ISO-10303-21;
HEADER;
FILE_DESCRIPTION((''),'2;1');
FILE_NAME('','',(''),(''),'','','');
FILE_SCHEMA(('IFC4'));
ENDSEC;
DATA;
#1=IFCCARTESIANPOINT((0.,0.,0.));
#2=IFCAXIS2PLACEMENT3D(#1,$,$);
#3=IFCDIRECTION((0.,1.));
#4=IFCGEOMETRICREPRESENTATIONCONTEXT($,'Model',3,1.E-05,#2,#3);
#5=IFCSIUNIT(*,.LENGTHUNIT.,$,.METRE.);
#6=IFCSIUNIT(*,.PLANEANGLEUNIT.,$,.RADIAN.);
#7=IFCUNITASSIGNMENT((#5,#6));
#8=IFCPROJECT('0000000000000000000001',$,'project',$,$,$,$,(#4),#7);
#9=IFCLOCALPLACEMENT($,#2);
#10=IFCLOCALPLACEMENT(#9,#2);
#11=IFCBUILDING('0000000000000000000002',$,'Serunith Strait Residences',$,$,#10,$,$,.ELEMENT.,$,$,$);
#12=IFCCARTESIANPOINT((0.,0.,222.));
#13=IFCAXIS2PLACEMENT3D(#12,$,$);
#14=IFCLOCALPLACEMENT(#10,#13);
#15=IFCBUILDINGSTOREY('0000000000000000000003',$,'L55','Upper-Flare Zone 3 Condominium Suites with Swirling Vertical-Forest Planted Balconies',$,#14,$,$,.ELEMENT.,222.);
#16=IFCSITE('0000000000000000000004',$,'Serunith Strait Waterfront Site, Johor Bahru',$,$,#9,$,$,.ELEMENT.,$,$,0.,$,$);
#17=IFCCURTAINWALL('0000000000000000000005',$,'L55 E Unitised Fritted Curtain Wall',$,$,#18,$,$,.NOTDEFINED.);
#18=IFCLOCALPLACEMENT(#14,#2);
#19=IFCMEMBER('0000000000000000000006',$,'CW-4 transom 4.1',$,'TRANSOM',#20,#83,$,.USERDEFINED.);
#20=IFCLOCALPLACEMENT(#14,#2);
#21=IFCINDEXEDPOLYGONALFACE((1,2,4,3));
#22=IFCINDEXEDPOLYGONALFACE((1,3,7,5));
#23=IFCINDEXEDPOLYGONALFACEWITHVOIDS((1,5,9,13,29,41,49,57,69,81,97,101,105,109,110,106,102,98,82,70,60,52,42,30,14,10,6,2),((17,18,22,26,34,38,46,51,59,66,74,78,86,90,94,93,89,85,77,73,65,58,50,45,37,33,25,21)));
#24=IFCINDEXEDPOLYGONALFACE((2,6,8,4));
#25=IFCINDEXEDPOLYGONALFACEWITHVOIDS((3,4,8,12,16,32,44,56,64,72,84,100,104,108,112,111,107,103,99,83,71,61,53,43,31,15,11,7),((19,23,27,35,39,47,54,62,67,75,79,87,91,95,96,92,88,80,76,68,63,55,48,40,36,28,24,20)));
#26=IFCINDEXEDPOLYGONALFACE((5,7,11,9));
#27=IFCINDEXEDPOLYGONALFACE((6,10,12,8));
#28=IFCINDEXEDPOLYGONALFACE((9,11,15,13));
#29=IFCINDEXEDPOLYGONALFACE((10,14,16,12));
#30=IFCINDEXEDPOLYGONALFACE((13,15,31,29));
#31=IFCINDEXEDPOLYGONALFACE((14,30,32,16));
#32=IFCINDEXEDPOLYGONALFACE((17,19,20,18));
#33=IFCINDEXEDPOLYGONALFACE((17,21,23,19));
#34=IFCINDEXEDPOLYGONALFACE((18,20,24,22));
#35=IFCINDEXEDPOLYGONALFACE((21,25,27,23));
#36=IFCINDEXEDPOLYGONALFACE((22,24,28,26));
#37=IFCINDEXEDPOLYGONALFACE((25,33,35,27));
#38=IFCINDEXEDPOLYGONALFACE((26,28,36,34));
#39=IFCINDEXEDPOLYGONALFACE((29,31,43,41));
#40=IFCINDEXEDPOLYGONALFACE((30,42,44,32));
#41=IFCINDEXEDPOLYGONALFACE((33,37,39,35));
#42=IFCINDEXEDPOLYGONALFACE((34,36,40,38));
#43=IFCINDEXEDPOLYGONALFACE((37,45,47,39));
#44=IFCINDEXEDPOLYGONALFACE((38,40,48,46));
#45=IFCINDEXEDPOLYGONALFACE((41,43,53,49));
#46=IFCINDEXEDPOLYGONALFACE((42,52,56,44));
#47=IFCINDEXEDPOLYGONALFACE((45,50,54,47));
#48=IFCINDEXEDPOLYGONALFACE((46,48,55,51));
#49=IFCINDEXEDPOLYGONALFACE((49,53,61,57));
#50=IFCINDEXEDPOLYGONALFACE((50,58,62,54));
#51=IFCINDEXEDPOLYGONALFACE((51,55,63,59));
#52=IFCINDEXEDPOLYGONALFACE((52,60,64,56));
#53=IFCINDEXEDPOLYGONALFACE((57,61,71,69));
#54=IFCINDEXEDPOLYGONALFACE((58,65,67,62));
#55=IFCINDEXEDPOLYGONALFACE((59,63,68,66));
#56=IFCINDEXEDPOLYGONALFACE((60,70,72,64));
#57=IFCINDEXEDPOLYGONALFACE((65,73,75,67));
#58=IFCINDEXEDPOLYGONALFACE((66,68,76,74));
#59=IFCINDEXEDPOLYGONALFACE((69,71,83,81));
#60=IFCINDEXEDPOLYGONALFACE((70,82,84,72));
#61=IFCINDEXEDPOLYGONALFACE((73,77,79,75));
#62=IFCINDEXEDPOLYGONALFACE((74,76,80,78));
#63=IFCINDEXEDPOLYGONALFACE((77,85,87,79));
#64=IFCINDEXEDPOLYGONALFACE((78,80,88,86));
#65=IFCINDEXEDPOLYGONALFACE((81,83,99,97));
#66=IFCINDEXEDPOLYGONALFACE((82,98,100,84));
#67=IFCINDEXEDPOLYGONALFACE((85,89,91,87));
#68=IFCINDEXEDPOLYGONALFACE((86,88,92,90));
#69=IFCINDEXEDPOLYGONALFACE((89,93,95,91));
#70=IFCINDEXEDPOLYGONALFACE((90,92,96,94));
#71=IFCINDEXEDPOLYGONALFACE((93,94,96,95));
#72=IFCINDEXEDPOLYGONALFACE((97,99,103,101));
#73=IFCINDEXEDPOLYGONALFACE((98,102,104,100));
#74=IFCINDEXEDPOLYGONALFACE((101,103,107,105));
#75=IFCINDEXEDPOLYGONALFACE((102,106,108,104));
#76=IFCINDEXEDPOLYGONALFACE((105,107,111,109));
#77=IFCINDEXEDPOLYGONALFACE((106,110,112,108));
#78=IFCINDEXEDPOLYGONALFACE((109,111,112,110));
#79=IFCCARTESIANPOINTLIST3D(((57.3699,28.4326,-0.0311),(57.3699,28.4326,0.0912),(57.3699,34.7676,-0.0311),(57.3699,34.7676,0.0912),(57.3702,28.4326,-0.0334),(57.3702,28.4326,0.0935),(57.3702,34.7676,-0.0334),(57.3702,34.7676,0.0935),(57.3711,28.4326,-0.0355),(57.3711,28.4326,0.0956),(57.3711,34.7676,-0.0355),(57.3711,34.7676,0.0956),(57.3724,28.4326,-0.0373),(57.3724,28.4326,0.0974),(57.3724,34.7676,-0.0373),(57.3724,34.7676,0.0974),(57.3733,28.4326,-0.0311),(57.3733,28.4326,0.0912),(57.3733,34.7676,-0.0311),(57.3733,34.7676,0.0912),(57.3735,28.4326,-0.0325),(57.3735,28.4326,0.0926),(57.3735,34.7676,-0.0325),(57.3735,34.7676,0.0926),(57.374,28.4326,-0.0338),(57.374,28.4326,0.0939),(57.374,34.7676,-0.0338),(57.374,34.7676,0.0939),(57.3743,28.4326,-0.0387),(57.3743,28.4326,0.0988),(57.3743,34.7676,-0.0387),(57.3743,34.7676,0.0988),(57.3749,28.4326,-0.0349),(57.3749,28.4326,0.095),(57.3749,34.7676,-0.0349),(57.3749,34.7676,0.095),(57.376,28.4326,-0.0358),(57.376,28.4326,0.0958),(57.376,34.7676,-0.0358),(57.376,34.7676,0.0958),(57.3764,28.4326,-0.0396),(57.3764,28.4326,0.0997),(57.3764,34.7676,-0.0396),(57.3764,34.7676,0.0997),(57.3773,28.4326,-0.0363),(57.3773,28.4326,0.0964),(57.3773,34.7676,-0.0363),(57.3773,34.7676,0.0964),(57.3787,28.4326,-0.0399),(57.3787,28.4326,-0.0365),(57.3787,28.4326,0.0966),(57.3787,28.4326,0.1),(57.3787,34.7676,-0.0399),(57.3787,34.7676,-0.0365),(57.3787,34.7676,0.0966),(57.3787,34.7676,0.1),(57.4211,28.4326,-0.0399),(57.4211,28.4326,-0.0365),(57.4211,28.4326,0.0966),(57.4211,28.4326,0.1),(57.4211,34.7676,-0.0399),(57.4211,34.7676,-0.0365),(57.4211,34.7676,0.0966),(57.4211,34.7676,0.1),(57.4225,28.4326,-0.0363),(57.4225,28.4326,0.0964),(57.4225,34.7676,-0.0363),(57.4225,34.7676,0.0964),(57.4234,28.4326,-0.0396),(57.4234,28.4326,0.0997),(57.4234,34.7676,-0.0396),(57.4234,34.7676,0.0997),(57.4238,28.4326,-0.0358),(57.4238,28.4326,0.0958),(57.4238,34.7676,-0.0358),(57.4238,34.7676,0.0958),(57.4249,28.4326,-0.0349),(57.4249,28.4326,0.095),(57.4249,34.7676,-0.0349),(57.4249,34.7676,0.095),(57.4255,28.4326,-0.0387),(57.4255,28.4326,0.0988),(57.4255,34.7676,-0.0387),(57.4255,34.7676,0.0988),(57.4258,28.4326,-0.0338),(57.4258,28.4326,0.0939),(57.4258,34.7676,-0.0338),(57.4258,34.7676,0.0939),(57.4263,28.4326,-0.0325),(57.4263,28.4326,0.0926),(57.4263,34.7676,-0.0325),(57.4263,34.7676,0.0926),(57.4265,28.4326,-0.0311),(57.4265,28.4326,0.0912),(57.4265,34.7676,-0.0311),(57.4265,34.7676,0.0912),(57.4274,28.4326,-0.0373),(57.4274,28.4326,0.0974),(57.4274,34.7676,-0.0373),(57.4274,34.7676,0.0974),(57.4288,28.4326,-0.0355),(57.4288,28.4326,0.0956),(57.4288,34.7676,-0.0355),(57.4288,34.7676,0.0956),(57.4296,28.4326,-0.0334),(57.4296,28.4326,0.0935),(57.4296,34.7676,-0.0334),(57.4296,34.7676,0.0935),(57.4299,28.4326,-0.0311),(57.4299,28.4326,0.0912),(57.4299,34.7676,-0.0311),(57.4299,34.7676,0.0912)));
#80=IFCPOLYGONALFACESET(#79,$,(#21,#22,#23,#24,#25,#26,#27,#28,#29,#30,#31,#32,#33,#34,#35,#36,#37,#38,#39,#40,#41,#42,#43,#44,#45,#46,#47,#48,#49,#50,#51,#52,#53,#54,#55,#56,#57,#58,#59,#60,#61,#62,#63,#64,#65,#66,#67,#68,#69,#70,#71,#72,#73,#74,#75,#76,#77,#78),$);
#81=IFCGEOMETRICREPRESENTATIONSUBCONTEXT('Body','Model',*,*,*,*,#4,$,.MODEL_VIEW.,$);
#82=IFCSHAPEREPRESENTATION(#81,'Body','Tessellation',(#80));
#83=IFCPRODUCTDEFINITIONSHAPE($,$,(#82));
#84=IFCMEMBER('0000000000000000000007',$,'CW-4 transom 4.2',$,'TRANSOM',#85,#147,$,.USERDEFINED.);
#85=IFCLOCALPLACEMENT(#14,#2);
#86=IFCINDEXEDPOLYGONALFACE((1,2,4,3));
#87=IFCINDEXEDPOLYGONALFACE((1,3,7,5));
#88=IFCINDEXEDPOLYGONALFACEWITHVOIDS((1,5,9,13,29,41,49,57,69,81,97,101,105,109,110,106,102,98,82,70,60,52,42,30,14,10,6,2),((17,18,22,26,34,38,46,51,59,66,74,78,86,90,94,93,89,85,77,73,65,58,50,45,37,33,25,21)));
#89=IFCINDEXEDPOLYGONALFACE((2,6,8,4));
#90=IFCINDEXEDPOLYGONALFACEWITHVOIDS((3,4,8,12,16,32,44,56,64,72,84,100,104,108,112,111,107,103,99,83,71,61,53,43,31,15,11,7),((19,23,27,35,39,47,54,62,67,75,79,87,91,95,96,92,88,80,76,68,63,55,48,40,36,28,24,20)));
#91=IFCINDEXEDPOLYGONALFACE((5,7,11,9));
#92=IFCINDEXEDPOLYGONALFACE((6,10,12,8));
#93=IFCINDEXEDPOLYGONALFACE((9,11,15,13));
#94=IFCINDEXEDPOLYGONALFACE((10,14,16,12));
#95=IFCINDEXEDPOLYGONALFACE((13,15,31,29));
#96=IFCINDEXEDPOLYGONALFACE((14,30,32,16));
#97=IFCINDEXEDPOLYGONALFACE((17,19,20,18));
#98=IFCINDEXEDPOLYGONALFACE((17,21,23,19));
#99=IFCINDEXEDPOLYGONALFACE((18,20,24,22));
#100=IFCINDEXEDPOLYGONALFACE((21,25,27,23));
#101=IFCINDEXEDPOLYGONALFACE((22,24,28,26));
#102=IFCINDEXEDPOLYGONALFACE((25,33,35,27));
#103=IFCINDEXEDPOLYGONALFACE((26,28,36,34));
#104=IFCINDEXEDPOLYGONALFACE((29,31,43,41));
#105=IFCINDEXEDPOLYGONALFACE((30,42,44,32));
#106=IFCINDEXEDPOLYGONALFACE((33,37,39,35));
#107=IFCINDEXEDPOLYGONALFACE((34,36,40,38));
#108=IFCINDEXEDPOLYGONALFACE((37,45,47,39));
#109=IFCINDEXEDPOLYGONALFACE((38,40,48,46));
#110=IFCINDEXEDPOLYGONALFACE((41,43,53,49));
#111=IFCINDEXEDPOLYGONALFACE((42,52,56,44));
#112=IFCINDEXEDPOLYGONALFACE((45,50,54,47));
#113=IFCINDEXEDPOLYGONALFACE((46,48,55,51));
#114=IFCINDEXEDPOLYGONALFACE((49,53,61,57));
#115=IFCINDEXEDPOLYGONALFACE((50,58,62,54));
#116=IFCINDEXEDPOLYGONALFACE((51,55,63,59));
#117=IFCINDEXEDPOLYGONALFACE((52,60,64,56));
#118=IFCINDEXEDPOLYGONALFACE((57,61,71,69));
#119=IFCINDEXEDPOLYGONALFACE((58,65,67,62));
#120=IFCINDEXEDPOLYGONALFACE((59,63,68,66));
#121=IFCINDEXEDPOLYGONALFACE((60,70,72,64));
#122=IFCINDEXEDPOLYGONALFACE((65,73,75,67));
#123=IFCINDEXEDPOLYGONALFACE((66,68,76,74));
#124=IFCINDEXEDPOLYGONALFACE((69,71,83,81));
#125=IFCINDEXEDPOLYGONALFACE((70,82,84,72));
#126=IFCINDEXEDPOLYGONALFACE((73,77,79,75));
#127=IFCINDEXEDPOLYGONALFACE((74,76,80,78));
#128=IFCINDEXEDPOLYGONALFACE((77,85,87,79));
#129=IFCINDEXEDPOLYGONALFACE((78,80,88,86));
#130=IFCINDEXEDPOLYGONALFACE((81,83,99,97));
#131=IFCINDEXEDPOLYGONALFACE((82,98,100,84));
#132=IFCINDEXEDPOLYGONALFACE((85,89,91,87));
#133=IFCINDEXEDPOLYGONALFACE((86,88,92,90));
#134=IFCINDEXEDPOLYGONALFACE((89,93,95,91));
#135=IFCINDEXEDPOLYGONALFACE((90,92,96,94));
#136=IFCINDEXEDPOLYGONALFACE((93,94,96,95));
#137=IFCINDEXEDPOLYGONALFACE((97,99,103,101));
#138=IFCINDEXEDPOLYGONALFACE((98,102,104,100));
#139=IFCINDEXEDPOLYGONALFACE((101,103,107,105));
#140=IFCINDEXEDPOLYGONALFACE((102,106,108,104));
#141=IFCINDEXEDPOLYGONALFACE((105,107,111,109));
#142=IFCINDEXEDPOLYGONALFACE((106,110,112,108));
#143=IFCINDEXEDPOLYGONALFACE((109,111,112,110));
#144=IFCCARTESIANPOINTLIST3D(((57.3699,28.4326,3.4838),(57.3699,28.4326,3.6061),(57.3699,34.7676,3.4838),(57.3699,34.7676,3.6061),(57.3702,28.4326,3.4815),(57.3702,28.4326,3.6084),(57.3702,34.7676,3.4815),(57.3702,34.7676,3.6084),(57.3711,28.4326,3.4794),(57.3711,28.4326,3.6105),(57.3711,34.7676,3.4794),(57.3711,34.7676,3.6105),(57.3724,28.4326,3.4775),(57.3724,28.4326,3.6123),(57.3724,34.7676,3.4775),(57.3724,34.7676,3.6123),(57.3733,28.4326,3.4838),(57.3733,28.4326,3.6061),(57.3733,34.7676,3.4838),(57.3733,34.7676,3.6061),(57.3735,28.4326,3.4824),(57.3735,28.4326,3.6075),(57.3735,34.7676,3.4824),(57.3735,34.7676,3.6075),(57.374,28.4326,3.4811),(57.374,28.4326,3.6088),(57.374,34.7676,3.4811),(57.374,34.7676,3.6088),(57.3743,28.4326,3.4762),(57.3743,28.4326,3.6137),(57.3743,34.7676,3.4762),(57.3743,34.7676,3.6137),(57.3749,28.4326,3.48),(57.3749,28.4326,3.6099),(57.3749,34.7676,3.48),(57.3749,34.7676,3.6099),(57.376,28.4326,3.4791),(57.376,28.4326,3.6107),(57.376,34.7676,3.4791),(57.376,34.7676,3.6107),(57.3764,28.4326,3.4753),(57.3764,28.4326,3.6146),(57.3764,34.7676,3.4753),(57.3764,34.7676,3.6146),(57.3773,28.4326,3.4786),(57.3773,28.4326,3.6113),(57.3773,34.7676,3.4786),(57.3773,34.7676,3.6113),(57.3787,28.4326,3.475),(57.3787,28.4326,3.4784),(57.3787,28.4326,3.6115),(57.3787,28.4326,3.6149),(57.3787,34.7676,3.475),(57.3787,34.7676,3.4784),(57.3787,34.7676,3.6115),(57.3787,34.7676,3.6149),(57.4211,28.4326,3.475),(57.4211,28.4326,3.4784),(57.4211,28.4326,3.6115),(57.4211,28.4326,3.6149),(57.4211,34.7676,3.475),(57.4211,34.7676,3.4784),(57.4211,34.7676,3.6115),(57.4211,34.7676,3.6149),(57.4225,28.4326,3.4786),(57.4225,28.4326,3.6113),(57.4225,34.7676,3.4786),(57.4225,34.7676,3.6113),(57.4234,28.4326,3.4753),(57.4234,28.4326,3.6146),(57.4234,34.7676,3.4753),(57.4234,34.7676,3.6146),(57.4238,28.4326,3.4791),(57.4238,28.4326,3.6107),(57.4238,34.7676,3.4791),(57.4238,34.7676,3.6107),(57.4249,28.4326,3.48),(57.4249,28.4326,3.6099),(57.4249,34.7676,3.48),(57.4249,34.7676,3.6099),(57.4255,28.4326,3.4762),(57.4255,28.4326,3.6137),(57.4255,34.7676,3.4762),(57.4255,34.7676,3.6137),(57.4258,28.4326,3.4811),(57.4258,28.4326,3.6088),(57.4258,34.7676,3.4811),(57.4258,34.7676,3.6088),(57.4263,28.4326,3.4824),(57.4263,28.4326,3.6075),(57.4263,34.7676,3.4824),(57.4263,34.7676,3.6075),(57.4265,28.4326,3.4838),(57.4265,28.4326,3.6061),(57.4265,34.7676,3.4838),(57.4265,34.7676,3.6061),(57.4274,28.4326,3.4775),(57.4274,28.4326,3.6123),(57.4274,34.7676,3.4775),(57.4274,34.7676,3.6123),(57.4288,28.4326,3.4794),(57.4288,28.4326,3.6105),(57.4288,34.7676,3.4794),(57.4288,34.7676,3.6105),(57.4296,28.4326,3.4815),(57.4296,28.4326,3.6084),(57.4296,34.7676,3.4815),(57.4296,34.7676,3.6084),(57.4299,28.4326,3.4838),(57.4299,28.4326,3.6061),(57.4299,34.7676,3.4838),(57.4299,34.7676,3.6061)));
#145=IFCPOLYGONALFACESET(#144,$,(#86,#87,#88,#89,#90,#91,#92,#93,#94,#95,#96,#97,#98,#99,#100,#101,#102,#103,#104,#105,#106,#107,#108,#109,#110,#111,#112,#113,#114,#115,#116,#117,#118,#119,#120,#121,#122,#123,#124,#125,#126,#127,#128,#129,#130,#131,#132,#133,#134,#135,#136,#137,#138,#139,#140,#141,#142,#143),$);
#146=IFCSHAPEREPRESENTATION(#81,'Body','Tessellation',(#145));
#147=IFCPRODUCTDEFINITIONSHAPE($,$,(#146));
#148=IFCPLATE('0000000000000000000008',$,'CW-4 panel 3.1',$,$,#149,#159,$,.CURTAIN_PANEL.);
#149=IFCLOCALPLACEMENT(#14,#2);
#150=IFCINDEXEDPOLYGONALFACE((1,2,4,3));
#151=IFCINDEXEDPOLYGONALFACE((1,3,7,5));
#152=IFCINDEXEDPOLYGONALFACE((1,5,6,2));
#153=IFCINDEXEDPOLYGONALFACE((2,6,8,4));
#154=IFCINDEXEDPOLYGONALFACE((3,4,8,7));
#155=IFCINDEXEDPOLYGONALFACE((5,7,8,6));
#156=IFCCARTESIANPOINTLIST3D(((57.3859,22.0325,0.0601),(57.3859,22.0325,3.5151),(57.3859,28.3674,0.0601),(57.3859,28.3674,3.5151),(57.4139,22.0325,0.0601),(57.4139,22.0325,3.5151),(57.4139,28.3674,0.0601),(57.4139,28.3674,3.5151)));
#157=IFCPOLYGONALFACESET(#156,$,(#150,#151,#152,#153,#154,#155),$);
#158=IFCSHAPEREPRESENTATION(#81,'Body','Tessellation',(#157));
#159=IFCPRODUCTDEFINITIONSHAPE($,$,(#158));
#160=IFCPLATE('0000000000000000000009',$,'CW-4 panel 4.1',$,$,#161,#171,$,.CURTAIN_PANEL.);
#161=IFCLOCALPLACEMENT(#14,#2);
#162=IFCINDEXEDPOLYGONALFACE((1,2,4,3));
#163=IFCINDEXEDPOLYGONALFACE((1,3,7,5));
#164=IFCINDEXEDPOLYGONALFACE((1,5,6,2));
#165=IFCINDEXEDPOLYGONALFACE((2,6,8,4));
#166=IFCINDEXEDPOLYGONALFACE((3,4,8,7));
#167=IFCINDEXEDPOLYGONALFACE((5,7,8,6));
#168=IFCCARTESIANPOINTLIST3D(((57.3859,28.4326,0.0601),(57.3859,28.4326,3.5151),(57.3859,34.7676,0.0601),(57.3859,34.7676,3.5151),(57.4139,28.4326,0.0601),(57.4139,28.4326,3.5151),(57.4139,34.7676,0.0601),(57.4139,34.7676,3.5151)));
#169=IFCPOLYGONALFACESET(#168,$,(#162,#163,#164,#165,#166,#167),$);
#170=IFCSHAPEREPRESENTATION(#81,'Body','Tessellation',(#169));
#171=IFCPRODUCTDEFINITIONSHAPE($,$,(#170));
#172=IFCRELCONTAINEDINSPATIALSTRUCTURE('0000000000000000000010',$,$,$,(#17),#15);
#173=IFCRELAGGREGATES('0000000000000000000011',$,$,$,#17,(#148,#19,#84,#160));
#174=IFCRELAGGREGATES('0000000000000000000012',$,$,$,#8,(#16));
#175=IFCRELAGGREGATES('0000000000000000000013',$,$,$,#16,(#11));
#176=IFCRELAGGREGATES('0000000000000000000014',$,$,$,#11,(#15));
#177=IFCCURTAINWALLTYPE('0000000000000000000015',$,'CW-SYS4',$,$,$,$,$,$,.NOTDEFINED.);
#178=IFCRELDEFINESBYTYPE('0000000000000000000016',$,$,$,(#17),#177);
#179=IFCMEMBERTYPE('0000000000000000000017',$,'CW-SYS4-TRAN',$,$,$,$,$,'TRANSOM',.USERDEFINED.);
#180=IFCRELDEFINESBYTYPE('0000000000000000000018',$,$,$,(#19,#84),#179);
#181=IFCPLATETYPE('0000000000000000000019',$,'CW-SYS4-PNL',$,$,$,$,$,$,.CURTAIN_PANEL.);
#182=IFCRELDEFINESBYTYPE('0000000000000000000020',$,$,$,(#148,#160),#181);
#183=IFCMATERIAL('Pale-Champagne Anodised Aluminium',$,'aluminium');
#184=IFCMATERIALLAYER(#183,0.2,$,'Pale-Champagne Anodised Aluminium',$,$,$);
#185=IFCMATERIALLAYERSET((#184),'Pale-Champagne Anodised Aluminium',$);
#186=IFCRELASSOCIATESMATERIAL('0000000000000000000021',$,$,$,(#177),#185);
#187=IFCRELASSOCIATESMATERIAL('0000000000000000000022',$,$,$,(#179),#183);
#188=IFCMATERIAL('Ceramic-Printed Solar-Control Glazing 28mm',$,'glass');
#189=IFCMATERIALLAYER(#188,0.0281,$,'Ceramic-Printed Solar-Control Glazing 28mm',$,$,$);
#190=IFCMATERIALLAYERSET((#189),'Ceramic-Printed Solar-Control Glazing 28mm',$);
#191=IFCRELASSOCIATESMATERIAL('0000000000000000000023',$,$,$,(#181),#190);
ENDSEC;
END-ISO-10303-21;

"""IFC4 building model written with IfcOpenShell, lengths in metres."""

from ifc_helpers import new_model, si_unit, direction, frame, origin, origin_2d, place, context, subcontext, project, spatial, rectangle, hollow_rectangle, extrude, source, transform, mapped, material, layer, layer_set, material_profile, profile_set, type_object, element, aggregate, save


model = new_model("IFC4")

# Units and contexts
model_context = context("Model", 3, precision=1e-05, world=origin(), true_north=direction((0.0, 1.0)))
body_context = subcontext(model_context, "Body", "Model", "MODEL_VIEW")
ifc_project = project(units=[si_unit("LENGTHUNIT", "METRE"), si_unit("PLANEANGLEUNIT", "RADIAN")], contexts=[model_context])

# Site, building, storey
site_placement = place(None, origin())
site = spatial("IfcSite", under=ifc_project, at=site_placement, Name="Serunith Strait Waterfront Site, Johor Bahru", CompositionType="ELEMENT", RefElevation=0.0)
building_placement = place(site_placement, origin())
building = spatial("IfcBuilding", under=site, at=building_placement, Name="Serunith Strait Residences", CompositionType="ELEMENT")
storey_placement = place(building_placement, frame((0.0, 0.0, 222.0)))
storey = spatial("IfcBuildingStorey", under=building, at=storey_placement, Name="L55", Description="Upper-Flare Zone 3 Condominium Suites with Swirling Vertical-Forest Planted Balconies", CompositionType="ELEMENT", Elevation=222.0)

# Curtain wall, members, plates
ifc_material_1 = material(Name="Pale-Champagne Anodised Aluminium", Category="aluminium")
ifc_layer_1 = layer(ifc_material_1, 0.2, Name="Pale-Champagne Anodised Aluminium")
ifc_layer_set_1 = layer_set([ifc_layer_1], Name="Pale-Champagne Anodised Aluminium")
curtain_wall_type = type_object("IfcCurtainWallType", Name="CW-SYS4", PredefinedType="NOTDEFINED", material=ifc_layer_set_1)
curtain_wall_placement = place(storey_placement, origin())
curtain_wall = element("IfcCurtainWall", 1, at=curtain_wall_placement, inside=storey, type_object=curtain_wall_type, Name="L55 E Unitised Fritted Curtain Wall", PredefinedType="NOTDEFINED")
ifc_material_profile_1 = material_profile(ifc_material_1, hollow_rectangle(XDim=0.0601, YDim=0.1399, WallThickness=0.0034, InnerFilletRadius=0.0054, OuterFilletRadius=0.0088, at=origin_2d()), Name="ALU 140x60x3.5")
ifc_profile_set_1 = profile_set([ifc_material_profile_1], Name="Pale-Champagne Anodised Aluminium")
member_type_1 = type_object("IfcMemberType", Name="CW-SYS4-TRAN", ElementType="TRANSOM", PredefinedType="USERDEFINED", material=ifc_profile_set_1)
shared_shape_1 = source(origin(), body_context, "Body", "SweptSolid", [
    extrude(hollow_rectangle(XDim=0.0601, YDim=0.1399, WallThickness=0.0034, InnerFilletRadius=0.0054, OuterFilletRadius=0.0088, at=origin_2d()), origin(), (0.0, 0.0, 1.0), 6.335),
])
member_1_placement = place(storey_placement, frame((57.3999, 28.4326, 0.03), z_axis=(0.0, 1.0, 0.0), x_axis=(-1.0, 0.0, 0.0)))
member_1 = element("IfcMember", 2, at=member_1_placement, type_object=member_type_1, Name="CW-4 transom 4.1", ObjectType="TRANSOM", PredefinedType="USERDEFINED", context=body_context, shape_type="MappedRepresentation", body=[
    mapped(shared_shape_1, transform((0.0, 0.0, 0.0), scale=1.0)),
])
member_2_placement = place(storey_placement, frame((57.3999, 28.4326, 3.5449), z_axis=(0.0, 1.0, 0.0), x_axis=(-1.0, 0.0, 0.0)))
member_2 = element("IfcMember", 3, at=member_2_placement, type_object=member_type_1, Name="CW-4 transom 4.2", ObjectType="TRANSOM", PredefinedType="USERDEFINED", context=body_context, shape_type="MappedRepresentation", body=[
    mapped(shared_shape_1, transform((0.0, 0.0, 0.0), scale=1.0)),
])
ifc_material_2 = material(Name="Ceramic-Printed Solar-Control Glazing 28mm", Category="glass")
ifc_layer_2 = layer(ifc_material_2, 0.0281, Name="Ceramic-Printed Solar-Control Glazing 28mm")
ifc_layer_set_2 = layer_set([ifc_layer_2], Name="Ceramic-Printed Solar-Control Glazing 28mm")
plate_type = type_object("IfcPlateType", Name="CW-SYS4-PNL", PredefinedType="CURTAIN_PANEL", material=ifc_layer_set_2)
shared_shape_2 = source(origin(), body_context, "Body", "SweptSolid", [
    extrude(rectangle(XDim=6.335, YDim=0.0281, at=origin_2d()), origin(), (0.0, 0.0, 1.0), 3.4551),
])
plate_1_placement = place(storey_placement, frame((57.3999, 25.2, 0.0601), z_axis=(0.0, 0.0, 1.0), x_axis=(0.0, 1.0, 0.0)))
plate_1 = element("IfcPlate", 4, at=plate_1_placement, type_object=plate_type, Name="CW-4 panel 3.1", PredefinedType="CURTAIN_PANEL", context=body_context, shape_type="MappedRepresentation", body=[
    mapped(shared_shape_2, transform((0.0, 0.0, 0.0), scale=1.0)),
])
plate_2_placement = place(storey_placement, frame((57.3999, 31.6001, 0.0601), z_axis=(0.0, 0.0, 1.0), x_axis=(0.0, 1.0, 0.0)))
plate_2 = element("IfcPlate", 5, at=plate_2_placement, type_object=plate_type, Name="CW-4 panel 4.1", PredefinedType="CURTAIN_PANEL", context=body_context, shape_type="MappedRepresentation", body=[
    mapped(shared_shape_2, transform((0.0, 0.0, 0.0), scale=1.0)),
])
aggregate(curtain_wall, [plate_1, member_1, member_2, plate_2])

save(model, "model.ifc")
